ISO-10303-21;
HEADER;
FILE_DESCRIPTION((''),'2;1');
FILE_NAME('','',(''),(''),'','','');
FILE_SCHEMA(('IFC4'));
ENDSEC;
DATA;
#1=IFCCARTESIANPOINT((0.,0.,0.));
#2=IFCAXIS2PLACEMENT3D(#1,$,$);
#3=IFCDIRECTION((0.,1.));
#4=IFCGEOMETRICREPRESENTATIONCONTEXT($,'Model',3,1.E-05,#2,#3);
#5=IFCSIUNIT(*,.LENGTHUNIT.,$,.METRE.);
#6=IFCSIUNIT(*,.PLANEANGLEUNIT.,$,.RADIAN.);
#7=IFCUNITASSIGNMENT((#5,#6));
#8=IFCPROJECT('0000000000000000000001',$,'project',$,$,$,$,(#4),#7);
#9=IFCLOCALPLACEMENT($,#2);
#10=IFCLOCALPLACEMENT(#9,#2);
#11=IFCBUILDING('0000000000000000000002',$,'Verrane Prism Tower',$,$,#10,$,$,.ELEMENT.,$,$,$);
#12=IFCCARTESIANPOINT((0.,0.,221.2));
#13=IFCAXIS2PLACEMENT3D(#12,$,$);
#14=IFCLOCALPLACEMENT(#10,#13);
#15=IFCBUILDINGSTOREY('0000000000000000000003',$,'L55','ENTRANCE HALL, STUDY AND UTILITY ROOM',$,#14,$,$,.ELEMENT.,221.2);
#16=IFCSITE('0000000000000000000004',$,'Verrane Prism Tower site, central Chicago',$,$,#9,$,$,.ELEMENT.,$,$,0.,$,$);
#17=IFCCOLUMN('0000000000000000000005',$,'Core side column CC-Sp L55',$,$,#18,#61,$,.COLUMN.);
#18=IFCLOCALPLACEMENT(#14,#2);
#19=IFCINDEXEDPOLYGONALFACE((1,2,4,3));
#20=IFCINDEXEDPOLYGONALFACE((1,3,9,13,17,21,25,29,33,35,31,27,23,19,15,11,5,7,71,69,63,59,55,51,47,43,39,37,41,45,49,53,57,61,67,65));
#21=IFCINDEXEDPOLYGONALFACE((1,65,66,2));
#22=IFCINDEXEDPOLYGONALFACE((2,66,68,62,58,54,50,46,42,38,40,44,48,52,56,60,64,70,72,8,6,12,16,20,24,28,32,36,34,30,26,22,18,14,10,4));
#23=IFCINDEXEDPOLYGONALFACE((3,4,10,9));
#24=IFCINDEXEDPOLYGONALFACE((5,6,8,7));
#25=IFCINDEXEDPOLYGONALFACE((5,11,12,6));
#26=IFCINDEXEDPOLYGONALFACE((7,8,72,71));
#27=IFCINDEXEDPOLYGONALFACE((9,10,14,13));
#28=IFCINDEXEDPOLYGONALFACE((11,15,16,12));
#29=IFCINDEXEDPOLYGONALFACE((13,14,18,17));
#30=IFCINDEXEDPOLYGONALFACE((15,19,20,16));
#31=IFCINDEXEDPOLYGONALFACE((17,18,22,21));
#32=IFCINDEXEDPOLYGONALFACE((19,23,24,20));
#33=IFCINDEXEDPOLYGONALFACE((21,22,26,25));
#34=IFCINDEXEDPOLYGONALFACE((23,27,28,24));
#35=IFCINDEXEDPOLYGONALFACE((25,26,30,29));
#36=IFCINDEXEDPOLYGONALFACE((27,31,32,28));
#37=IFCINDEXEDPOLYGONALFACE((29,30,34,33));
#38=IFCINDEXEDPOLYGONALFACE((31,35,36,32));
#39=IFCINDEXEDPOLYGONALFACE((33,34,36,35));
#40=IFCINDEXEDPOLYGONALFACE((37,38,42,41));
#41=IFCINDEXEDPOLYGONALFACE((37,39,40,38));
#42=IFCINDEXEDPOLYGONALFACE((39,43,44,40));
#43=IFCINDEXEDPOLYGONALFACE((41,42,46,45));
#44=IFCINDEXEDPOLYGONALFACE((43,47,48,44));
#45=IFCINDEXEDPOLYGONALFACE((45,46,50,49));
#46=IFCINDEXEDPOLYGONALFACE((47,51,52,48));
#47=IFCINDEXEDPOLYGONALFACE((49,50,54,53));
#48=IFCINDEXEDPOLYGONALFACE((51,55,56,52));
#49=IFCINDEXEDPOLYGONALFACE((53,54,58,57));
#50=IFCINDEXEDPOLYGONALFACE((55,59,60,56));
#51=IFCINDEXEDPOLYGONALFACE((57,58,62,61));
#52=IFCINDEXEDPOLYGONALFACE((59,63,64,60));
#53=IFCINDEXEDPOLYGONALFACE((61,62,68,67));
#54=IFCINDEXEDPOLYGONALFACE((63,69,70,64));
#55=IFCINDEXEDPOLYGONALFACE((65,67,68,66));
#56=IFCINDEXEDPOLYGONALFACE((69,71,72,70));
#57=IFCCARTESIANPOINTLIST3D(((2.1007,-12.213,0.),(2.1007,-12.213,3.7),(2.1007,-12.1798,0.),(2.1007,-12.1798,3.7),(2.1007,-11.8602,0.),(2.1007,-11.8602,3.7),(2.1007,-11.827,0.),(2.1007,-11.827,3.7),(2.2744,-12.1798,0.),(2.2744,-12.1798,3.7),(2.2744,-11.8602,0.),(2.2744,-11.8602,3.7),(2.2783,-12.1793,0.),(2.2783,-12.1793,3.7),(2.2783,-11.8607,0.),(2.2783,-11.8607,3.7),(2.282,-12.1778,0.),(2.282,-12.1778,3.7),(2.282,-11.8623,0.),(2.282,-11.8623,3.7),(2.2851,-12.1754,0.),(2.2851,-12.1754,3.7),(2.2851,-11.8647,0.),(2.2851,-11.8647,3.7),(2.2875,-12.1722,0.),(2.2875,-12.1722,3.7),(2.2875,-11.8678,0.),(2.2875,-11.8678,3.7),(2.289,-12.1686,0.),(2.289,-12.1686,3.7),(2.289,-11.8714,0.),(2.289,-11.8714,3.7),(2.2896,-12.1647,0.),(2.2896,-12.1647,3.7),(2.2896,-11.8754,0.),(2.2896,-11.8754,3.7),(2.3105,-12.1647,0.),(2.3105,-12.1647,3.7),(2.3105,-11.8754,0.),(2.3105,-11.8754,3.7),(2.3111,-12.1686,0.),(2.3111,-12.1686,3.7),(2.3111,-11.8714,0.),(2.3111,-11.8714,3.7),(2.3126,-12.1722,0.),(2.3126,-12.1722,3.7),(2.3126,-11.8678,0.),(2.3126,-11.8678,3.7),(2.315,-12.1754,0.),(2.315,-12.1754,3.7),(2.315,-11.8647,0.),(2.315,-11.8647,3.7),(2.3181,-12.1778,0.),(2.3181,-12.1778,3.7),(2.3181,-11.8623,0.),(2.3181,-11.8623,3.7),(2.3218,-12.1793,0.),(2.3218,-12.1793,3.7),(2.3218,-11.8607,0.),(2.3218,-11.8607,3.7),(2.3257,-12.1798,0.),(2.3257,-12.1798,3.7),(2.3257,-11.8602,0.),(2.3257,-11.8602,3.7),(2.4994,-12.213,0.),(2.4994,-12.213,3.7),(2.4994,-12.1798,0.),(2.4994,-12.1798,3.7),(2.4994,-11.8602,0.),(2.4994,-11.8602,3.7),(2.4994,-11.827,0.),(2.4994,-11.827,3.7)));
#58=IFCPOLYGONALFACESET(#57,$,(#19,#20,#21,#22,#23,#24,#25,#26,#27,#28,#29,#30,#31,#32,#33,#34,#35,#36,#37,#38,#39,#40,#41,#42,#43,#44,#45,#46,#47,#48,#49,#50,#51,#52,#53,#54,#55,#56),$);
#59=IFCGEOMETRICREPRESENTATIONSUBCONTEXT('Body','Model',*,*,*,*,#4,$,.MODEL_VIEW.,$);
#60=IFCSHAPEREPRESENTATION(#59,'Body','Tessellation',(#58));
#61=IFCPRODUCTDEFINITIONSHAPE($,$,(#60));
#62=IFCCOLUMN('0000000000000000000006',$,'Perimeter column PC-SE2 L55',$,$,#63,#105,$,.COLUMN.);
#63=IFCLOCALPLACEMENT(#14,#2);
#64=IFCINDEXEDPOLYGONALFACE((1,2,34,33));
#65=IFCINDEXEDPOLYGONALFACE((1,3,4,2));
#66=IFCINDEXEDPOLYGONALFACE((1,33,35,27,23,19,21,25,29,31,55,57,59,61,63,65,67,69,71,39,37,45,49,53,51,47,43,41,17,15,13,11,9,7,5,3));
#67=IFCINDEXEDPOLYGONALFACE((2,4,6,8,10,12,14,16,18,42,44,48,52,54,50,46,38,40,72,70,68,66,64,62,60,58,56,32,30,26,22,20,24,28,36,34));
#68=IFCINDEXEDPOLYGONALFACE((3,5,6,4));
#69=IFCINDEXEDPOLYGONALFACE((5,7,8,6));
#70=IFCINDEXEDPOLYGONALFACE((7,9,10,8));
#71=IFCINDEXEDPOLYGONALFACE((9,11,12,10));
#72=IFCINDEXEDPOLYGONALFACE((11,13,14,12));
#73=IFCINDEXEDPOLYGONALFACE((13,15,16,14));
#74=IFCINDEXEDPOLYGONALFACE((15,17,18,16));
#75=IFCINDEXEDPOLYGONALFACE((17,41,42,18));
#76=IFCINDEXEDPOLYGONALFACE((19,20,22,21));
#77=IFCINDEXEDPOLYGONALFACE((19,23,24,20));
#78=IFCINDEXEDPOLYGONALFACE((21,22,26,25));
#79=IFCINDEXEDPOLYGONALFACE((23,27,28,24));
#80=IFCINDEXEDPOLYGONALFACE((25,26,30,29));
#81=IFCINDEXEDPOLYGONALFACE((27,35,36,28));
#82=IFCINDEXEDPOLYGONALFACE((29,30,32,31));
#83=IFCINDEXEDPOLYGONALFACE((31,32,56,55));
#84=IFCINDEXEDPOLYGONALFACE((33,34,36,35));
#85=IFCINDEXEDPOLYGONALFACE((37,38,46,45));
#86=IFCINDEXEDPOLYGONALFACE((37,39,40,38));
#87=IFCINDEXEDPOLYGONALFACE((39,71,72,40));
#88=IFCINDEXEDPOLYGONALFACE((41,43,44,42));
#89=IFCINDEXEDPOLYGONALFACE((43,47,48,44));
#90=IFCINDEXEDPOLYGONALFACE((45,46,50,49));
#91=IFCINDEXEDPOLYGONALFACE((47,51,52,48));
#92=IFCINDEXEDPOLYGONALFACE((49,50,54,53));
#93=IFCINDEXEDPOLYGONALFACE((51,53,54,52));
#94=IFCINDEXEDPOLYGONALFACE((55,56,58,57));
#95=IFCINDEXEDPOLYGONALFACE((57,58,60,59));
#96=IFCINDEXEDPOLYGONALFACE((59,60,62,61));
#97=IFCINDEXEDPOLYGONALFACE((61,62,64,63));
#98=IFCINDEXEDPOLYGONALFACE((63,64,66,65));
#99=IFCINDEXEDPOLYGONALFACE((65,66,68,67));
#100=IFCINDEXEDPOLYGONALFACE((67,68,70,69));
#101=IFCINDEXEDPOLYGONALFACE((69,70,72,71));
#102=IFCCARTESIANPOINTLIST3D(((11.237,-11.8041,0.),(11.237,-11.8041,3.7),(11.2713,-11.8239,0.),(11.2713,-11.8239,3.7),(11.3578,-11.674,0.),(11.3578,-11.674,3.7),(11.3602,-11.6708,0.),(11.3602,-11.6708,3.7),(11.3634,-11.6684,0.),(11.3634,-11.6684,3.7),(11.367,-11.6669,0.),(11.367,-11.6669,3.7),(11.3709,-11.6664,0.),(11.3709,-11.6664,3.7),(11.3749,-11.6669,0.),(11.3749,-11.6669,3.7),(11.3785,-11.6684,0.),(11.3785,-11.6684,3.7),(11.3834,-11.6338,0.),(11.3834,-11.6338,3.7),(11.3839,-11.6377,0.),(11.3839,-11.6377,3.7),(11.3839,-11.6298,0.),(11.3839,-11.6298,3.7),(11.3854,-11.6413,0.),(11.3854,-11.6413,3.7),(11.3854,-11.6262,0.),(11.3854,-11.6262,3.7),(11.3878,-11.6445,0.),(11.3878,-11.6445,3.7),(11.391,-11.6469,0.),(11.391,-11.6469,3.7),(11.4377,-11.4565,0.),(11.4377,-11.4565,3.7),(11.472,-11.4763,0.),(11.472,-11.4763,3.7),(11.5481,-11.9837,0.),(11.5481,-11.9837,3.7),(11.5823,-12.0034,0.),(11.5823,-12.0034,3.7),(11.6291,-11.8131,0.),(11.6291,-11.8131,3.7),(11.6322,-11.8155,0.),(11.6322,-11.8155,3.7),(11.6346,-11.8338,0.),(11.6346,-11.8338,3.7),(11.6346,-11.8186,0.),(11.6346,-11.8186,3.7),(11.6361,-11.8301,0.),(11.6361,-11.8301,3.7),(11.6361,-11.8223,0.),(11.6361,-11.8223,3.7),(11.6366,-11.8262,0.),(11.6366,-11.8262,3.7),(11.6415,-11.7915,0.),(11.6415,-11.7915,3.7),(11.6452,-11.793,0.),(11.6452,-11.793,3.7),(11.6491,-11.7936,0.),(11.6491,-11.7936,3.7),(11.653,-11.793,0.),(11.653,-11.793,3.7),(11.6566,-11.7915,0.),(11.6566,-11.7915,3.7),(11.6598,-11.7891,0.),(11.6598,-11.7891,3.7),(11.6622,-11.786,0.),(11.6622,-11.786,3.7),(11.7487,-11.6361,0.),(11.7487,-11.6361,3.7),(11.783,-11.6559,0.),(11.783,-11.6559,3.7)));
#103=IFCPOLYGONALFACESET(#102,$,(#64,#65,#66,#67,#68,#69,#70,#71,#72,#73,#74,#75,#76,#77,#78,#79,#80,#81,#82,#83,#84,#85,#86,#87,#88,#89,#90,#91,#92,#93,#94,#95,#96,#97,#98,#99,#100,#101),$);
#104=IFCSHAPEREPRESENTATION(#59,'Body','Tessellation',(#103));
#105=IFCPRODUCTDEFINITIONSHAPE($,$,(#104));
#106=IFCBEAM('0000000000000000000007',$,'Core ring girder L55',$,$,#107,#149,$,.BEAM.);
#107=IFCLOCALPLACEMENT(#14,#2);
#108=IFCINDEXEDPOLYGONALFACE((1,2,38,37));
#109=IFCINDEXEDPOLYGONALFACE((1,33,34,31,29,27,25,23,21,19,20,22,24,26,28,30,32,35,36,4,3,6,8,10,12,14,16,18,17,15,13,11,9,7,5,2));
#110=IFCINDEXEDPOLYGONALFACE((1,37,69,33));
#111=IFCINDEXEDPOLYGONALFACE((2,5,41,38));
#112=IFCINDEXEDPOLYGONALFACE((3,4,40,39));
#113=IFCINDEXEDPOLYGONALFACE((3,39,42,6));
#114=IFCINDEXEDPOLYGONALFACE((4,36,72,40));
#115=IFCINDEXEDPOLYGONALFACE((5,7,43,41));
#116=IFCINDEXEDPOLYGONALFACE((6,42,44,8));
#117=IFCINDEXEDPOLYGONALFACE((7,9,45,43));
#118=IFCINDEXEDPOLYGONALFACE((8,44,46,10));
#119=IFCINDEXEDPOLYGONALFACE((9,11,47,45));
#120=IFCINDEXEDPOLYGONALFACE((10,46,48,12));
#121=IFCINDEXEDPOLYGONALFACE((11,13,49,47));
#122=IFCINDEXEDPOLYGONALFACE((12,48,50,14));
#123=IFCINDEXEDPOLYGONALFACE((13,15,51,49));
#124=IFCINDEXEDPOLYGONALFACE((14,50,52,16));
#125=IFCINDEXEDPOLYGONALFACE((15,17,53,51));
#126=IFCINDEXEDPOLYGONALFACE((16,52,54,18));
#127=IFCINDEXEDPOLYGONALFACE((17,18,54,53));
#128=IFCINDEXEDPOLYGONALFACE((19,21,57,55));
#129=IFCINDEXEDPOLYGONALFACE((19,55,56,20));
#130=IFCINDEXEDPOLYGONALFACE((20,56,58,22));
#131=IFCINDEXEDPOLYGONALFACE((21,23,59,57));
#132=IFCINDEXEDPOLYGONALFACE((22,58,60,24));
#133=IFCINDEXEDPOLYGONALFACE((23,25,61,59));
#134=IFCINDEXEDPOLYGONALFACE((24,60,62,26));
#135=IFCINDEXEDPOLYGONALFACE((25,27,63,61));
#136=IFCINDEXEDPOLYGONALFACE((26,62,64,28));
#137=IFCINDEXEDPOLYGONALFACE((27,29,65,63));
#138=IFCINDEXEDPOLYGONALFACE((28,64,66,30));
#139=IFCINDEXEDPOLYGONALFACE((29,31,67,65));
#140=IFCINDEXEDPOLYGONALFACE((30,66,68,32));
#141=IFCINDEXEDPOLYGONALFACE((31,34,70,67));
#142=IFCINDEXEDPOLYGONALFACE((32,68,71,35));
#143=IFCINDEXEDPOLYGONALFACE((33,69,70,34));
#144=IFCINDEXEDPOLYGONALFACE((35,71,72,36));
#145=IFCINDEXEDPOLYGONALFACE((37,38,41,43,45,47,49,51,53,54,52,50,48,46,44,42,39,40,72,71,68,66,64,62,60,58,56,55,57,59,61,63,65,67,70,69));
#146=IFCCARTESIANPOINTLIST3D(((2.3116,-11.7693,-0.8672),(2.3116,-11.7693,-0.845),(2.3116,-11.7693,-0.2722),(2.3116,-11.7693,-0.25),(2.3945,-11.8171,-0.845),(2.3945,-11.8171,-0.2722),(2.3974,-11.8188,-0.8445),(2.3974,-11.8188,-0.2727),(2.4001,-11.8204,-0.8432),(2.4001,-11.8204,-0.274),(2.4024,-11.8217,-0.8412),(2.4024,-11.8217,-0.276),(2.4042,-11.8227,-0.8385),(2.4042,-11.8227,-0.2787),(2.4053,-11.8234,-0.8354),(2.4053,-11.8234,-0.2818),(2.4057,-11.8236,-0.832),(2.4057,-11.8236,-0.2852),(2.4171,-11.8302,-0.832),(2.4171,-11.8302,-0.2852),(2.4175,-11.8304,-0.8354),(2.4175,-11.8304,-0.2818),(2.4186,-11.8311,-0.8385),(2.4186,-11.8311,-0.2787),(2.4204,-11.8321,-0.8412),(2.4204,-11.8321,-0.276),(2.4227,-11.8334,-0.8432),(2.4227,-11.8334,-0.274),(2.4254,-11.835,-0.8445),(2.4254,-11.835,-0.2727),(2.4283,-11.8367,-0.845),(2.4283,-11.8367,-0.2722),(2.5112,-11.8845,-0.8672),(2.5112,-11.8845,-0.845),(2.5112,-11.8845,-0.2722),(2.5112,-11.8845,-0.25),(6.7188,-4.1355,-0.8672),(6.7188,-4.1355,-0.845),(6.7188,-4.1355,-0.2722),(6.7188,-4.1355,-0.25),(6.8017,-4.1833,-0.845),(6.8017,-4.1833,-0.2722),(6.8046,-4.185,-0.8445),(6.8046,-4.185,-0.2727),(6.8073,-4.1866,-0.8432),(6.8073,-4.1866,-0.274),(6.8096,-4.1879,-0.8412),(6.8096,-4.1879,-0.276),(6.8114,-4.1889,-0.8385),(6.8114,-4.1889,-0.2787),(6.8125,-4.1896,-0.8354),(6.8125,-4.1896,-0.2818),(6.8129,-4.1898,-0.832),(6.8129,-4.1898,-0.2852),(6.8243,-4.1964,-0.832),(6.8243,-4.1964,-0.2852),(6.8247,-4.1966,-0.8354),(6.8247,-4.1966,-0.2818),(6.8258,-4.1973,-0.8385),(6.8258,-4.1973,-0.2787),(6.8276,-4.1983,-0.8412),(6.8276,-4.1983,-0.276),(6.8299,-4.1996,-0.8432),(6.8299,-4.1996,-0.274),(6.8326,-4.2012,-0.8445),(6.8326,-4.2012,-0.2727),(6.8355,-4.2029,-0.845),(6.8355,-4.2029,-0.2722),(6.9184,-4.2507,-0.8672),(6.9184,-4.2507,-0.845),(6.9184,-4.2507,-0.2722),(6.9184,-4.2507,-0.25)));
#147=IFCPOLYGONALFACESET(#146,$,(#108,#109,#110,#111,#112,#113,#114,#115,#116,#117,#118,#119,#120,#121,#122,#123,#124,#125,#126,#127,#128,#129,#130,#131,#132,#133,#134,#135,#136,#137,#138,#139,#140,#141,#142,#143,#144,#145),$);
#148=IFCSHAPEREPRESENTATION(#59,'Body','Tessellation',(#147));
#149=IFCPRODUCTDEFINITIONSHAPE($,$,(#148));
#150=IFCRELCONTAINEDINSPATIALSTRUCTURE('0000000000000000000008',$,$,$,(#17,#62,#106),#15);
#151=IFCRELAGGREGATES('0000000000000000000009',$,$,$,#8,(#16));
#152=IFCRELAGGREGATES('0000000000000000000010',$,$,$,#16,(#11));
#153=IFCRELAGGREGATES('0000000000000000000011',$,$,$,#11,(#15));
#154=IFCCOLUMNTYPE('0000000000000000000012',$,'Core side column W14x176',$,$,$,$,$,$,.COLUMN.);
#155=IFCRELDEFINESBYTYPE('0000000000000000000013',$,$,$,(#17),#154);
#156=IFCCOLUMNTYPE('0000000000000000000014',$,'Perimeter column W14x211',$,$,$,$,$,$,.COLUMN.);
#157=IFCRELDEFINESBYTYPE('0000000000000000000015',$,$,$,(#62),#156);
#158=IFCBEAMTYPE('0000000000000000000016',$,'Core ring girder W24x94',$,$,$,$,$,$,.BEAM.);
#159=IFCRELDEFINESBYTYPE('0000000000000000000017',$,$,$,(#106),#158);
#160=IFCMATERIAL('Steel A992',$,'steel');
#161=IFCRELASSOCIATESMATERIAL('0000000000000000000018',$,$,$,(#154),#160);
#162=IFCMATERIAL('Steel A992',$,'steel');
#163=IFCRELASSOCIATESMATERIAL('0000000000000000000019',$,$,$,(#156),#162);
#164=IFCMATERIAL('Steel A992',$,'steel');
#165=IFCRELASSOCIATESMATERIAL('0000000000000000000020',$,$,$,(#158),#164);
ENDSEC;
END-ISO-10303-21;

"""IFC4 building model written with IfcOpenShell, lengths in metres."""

from ifc_helpers import new_model, si_unit, direction, frame, origin, origin_2d, place, context, subcontext, project, spatial, i_section, extrude, material, material_profile, profile_set, type_object, element, save


model = new_model("IFC4")

# Units and contexts
model_context = context("Model", 3, precision=1e-05, world=origin(), true_north=direction((0.0, 1.0)))
body_context = subcontext(model_context, "Body", "Model", "MODEL_VIEW")
ifc_project = project(units=[si_unit("LENGTHUNIT", "METRE"), si_unit("PLANEANGLEUNIT", "RADIAN")], contexts=[model_context])

# Site, building, storey
site_placement = place(None, origin())
site = spatial("IfcSite", under=ifc_project, at=site_placement, Name="Verrane Prism Tower site, central Chicago", CompositionType="ELEMENT", RefElevation=0.0)
building_placement = place(site_placement, origin())
building = spatial("IfcBuilding", under=site, at=building_placement, Name="Verrane Prism Tower", CompositionType="ELEMENT")
storey_placement = place(building_placement, frame((0.0, 0.0, 221.2)))
storey = spatial("IfcBuildingStorey", under=building, at=storey_placement, Name="L55", Description="ENTRANCE HALL, STUDY AND UTILITY ROOM", CompositionType="ELEMENT", Elevation=221.2)

# Columns
ifc_material_1 = material(Name="Steel A992", Category="steel")
ifc_material_profile_1 = material_profile(ifc_material_1, i_section(OverallWidth=0.3987, OverallDepth=0.386, WebThickness=0.021, FlangeThickness=0.0332, FilletRadius=0.0151, at=origin_2d()), Name="W14x176")
ifc_profile_set_1 = profile_set([ifc_material_profile_1], Name="Steel A992")
column_type_1 = type_object("IfcColumnType", Name="Core side column W14x176", PredefinedType="COLUMN", material=ifc_profile_set_1)
column_1_placement = place(storey_placement, frame((2.3, -12.02, 0.0), z_axis=(0.0, 0.0, 1.0), x_axis=(1.0, 0.0, 0.0)))
element("IfcColumn", 1, at=column_1_placement, inside=storey, type_object=column_type_1, Name="Core side column CC-Sp L55", PredefinedType="COLUMN", context=body_context, shape_type="SweptSolid", body=[
    extrude(i_section(OverallWidth=0.3987, OverallDepth=0.386, WebThickness=0.021, FlangeThickness=0.0332, FilletRadius=0.0151, at=origin_2d()), origin(), (0.0, 0.0, 1.0), 3.7),
])
ifc_material_2 = material(Name="Steel A992", Category="steel")
ifc_material_profile_2 = material_profile(ifc_material_2, i_section(OverallWidth=0.4014, OverallDepth=0.3987, WebThickness=0.0249, FlangeThickness=0.0396, FilletRadius=0.0151, at=origin_2d()), Name="W14x211")
ifc_profile_set_2 = profile_set([ifc_material_profile_2], Name="Steel A992")
column_type_2 = type_object("IfcColumnType", Name="Perimeter column W14x211", PredefinedType="COLUMN", material=ifc_profile_set_2)
column_2_placement = place(storey_placement, frame((11.51, -11.73, 0.0), z_axis=(0.0, 0.0, 1.0), x_axis=(-0.5, -0.866025, 0.0)))
element("IfcColumn", 2, at=column_2_placement, inside=storey, type_object=column_type_2, Name="Perimeter column PC-SE2 L55", PredefinedType="COLUMN", context=body_context, shape_type="SweptSolid", body=[
    extrude(i_section(OverallWidth=0.4014, OverallDepth=0.3987, WebThickness=0.0249, FlangeThickness=0.0396, FilletRadius=0.0151, at=origin_2d()), origin(), (0.0, 0.0, 1.0), 3.7),
])

# Beam
ifc_material_3 = material(Name="Steel A992", Category="steel")
ifc_material_profile_3 = material_profile(ifc_material_3, i_section(OverallWidth=0.2305, OverallDepth=0.6172, WebThickness=0.0132, FlangeThickness=0.0222, FilletRadius=0.0129, at=origin_2d()), Name="W24x94")
ifc_profile_set_3 = profile_set([ifc_material_profile_3], Name="Steel A992")
beam_type_1 = type_object("IfcBeamType", Name="Core ring girder W24x94", PredefinedType="BEAM", material=ifc_profile_set_3)
beam_1_placement = place(storey_placement, frame((2.4114, -11.8269, -0.5586), z_axis=(0.499988, 0.866032, 0.0), x_axis=(-0.866032, 0.499988, 0.0)))
element("IfcBeam", 3, at=beam_1_placement, inside=storey, type_object=beam_type_1, Name="Core ring girder L55", PredefinedType="BEAM", context=body_context, shape_type="SweptSolid", body=[
    extrude(i_section(OverallWidth=0.2305, OverallDepth=0.6172, WebThickness=0.0132, FlangeThickness=0.0222, FilletRadius=0.0129, at=origin_2d()), origin(), (0.0, 0.0, 1.0), 8.8147),
])

save(model, "model.ifc")
